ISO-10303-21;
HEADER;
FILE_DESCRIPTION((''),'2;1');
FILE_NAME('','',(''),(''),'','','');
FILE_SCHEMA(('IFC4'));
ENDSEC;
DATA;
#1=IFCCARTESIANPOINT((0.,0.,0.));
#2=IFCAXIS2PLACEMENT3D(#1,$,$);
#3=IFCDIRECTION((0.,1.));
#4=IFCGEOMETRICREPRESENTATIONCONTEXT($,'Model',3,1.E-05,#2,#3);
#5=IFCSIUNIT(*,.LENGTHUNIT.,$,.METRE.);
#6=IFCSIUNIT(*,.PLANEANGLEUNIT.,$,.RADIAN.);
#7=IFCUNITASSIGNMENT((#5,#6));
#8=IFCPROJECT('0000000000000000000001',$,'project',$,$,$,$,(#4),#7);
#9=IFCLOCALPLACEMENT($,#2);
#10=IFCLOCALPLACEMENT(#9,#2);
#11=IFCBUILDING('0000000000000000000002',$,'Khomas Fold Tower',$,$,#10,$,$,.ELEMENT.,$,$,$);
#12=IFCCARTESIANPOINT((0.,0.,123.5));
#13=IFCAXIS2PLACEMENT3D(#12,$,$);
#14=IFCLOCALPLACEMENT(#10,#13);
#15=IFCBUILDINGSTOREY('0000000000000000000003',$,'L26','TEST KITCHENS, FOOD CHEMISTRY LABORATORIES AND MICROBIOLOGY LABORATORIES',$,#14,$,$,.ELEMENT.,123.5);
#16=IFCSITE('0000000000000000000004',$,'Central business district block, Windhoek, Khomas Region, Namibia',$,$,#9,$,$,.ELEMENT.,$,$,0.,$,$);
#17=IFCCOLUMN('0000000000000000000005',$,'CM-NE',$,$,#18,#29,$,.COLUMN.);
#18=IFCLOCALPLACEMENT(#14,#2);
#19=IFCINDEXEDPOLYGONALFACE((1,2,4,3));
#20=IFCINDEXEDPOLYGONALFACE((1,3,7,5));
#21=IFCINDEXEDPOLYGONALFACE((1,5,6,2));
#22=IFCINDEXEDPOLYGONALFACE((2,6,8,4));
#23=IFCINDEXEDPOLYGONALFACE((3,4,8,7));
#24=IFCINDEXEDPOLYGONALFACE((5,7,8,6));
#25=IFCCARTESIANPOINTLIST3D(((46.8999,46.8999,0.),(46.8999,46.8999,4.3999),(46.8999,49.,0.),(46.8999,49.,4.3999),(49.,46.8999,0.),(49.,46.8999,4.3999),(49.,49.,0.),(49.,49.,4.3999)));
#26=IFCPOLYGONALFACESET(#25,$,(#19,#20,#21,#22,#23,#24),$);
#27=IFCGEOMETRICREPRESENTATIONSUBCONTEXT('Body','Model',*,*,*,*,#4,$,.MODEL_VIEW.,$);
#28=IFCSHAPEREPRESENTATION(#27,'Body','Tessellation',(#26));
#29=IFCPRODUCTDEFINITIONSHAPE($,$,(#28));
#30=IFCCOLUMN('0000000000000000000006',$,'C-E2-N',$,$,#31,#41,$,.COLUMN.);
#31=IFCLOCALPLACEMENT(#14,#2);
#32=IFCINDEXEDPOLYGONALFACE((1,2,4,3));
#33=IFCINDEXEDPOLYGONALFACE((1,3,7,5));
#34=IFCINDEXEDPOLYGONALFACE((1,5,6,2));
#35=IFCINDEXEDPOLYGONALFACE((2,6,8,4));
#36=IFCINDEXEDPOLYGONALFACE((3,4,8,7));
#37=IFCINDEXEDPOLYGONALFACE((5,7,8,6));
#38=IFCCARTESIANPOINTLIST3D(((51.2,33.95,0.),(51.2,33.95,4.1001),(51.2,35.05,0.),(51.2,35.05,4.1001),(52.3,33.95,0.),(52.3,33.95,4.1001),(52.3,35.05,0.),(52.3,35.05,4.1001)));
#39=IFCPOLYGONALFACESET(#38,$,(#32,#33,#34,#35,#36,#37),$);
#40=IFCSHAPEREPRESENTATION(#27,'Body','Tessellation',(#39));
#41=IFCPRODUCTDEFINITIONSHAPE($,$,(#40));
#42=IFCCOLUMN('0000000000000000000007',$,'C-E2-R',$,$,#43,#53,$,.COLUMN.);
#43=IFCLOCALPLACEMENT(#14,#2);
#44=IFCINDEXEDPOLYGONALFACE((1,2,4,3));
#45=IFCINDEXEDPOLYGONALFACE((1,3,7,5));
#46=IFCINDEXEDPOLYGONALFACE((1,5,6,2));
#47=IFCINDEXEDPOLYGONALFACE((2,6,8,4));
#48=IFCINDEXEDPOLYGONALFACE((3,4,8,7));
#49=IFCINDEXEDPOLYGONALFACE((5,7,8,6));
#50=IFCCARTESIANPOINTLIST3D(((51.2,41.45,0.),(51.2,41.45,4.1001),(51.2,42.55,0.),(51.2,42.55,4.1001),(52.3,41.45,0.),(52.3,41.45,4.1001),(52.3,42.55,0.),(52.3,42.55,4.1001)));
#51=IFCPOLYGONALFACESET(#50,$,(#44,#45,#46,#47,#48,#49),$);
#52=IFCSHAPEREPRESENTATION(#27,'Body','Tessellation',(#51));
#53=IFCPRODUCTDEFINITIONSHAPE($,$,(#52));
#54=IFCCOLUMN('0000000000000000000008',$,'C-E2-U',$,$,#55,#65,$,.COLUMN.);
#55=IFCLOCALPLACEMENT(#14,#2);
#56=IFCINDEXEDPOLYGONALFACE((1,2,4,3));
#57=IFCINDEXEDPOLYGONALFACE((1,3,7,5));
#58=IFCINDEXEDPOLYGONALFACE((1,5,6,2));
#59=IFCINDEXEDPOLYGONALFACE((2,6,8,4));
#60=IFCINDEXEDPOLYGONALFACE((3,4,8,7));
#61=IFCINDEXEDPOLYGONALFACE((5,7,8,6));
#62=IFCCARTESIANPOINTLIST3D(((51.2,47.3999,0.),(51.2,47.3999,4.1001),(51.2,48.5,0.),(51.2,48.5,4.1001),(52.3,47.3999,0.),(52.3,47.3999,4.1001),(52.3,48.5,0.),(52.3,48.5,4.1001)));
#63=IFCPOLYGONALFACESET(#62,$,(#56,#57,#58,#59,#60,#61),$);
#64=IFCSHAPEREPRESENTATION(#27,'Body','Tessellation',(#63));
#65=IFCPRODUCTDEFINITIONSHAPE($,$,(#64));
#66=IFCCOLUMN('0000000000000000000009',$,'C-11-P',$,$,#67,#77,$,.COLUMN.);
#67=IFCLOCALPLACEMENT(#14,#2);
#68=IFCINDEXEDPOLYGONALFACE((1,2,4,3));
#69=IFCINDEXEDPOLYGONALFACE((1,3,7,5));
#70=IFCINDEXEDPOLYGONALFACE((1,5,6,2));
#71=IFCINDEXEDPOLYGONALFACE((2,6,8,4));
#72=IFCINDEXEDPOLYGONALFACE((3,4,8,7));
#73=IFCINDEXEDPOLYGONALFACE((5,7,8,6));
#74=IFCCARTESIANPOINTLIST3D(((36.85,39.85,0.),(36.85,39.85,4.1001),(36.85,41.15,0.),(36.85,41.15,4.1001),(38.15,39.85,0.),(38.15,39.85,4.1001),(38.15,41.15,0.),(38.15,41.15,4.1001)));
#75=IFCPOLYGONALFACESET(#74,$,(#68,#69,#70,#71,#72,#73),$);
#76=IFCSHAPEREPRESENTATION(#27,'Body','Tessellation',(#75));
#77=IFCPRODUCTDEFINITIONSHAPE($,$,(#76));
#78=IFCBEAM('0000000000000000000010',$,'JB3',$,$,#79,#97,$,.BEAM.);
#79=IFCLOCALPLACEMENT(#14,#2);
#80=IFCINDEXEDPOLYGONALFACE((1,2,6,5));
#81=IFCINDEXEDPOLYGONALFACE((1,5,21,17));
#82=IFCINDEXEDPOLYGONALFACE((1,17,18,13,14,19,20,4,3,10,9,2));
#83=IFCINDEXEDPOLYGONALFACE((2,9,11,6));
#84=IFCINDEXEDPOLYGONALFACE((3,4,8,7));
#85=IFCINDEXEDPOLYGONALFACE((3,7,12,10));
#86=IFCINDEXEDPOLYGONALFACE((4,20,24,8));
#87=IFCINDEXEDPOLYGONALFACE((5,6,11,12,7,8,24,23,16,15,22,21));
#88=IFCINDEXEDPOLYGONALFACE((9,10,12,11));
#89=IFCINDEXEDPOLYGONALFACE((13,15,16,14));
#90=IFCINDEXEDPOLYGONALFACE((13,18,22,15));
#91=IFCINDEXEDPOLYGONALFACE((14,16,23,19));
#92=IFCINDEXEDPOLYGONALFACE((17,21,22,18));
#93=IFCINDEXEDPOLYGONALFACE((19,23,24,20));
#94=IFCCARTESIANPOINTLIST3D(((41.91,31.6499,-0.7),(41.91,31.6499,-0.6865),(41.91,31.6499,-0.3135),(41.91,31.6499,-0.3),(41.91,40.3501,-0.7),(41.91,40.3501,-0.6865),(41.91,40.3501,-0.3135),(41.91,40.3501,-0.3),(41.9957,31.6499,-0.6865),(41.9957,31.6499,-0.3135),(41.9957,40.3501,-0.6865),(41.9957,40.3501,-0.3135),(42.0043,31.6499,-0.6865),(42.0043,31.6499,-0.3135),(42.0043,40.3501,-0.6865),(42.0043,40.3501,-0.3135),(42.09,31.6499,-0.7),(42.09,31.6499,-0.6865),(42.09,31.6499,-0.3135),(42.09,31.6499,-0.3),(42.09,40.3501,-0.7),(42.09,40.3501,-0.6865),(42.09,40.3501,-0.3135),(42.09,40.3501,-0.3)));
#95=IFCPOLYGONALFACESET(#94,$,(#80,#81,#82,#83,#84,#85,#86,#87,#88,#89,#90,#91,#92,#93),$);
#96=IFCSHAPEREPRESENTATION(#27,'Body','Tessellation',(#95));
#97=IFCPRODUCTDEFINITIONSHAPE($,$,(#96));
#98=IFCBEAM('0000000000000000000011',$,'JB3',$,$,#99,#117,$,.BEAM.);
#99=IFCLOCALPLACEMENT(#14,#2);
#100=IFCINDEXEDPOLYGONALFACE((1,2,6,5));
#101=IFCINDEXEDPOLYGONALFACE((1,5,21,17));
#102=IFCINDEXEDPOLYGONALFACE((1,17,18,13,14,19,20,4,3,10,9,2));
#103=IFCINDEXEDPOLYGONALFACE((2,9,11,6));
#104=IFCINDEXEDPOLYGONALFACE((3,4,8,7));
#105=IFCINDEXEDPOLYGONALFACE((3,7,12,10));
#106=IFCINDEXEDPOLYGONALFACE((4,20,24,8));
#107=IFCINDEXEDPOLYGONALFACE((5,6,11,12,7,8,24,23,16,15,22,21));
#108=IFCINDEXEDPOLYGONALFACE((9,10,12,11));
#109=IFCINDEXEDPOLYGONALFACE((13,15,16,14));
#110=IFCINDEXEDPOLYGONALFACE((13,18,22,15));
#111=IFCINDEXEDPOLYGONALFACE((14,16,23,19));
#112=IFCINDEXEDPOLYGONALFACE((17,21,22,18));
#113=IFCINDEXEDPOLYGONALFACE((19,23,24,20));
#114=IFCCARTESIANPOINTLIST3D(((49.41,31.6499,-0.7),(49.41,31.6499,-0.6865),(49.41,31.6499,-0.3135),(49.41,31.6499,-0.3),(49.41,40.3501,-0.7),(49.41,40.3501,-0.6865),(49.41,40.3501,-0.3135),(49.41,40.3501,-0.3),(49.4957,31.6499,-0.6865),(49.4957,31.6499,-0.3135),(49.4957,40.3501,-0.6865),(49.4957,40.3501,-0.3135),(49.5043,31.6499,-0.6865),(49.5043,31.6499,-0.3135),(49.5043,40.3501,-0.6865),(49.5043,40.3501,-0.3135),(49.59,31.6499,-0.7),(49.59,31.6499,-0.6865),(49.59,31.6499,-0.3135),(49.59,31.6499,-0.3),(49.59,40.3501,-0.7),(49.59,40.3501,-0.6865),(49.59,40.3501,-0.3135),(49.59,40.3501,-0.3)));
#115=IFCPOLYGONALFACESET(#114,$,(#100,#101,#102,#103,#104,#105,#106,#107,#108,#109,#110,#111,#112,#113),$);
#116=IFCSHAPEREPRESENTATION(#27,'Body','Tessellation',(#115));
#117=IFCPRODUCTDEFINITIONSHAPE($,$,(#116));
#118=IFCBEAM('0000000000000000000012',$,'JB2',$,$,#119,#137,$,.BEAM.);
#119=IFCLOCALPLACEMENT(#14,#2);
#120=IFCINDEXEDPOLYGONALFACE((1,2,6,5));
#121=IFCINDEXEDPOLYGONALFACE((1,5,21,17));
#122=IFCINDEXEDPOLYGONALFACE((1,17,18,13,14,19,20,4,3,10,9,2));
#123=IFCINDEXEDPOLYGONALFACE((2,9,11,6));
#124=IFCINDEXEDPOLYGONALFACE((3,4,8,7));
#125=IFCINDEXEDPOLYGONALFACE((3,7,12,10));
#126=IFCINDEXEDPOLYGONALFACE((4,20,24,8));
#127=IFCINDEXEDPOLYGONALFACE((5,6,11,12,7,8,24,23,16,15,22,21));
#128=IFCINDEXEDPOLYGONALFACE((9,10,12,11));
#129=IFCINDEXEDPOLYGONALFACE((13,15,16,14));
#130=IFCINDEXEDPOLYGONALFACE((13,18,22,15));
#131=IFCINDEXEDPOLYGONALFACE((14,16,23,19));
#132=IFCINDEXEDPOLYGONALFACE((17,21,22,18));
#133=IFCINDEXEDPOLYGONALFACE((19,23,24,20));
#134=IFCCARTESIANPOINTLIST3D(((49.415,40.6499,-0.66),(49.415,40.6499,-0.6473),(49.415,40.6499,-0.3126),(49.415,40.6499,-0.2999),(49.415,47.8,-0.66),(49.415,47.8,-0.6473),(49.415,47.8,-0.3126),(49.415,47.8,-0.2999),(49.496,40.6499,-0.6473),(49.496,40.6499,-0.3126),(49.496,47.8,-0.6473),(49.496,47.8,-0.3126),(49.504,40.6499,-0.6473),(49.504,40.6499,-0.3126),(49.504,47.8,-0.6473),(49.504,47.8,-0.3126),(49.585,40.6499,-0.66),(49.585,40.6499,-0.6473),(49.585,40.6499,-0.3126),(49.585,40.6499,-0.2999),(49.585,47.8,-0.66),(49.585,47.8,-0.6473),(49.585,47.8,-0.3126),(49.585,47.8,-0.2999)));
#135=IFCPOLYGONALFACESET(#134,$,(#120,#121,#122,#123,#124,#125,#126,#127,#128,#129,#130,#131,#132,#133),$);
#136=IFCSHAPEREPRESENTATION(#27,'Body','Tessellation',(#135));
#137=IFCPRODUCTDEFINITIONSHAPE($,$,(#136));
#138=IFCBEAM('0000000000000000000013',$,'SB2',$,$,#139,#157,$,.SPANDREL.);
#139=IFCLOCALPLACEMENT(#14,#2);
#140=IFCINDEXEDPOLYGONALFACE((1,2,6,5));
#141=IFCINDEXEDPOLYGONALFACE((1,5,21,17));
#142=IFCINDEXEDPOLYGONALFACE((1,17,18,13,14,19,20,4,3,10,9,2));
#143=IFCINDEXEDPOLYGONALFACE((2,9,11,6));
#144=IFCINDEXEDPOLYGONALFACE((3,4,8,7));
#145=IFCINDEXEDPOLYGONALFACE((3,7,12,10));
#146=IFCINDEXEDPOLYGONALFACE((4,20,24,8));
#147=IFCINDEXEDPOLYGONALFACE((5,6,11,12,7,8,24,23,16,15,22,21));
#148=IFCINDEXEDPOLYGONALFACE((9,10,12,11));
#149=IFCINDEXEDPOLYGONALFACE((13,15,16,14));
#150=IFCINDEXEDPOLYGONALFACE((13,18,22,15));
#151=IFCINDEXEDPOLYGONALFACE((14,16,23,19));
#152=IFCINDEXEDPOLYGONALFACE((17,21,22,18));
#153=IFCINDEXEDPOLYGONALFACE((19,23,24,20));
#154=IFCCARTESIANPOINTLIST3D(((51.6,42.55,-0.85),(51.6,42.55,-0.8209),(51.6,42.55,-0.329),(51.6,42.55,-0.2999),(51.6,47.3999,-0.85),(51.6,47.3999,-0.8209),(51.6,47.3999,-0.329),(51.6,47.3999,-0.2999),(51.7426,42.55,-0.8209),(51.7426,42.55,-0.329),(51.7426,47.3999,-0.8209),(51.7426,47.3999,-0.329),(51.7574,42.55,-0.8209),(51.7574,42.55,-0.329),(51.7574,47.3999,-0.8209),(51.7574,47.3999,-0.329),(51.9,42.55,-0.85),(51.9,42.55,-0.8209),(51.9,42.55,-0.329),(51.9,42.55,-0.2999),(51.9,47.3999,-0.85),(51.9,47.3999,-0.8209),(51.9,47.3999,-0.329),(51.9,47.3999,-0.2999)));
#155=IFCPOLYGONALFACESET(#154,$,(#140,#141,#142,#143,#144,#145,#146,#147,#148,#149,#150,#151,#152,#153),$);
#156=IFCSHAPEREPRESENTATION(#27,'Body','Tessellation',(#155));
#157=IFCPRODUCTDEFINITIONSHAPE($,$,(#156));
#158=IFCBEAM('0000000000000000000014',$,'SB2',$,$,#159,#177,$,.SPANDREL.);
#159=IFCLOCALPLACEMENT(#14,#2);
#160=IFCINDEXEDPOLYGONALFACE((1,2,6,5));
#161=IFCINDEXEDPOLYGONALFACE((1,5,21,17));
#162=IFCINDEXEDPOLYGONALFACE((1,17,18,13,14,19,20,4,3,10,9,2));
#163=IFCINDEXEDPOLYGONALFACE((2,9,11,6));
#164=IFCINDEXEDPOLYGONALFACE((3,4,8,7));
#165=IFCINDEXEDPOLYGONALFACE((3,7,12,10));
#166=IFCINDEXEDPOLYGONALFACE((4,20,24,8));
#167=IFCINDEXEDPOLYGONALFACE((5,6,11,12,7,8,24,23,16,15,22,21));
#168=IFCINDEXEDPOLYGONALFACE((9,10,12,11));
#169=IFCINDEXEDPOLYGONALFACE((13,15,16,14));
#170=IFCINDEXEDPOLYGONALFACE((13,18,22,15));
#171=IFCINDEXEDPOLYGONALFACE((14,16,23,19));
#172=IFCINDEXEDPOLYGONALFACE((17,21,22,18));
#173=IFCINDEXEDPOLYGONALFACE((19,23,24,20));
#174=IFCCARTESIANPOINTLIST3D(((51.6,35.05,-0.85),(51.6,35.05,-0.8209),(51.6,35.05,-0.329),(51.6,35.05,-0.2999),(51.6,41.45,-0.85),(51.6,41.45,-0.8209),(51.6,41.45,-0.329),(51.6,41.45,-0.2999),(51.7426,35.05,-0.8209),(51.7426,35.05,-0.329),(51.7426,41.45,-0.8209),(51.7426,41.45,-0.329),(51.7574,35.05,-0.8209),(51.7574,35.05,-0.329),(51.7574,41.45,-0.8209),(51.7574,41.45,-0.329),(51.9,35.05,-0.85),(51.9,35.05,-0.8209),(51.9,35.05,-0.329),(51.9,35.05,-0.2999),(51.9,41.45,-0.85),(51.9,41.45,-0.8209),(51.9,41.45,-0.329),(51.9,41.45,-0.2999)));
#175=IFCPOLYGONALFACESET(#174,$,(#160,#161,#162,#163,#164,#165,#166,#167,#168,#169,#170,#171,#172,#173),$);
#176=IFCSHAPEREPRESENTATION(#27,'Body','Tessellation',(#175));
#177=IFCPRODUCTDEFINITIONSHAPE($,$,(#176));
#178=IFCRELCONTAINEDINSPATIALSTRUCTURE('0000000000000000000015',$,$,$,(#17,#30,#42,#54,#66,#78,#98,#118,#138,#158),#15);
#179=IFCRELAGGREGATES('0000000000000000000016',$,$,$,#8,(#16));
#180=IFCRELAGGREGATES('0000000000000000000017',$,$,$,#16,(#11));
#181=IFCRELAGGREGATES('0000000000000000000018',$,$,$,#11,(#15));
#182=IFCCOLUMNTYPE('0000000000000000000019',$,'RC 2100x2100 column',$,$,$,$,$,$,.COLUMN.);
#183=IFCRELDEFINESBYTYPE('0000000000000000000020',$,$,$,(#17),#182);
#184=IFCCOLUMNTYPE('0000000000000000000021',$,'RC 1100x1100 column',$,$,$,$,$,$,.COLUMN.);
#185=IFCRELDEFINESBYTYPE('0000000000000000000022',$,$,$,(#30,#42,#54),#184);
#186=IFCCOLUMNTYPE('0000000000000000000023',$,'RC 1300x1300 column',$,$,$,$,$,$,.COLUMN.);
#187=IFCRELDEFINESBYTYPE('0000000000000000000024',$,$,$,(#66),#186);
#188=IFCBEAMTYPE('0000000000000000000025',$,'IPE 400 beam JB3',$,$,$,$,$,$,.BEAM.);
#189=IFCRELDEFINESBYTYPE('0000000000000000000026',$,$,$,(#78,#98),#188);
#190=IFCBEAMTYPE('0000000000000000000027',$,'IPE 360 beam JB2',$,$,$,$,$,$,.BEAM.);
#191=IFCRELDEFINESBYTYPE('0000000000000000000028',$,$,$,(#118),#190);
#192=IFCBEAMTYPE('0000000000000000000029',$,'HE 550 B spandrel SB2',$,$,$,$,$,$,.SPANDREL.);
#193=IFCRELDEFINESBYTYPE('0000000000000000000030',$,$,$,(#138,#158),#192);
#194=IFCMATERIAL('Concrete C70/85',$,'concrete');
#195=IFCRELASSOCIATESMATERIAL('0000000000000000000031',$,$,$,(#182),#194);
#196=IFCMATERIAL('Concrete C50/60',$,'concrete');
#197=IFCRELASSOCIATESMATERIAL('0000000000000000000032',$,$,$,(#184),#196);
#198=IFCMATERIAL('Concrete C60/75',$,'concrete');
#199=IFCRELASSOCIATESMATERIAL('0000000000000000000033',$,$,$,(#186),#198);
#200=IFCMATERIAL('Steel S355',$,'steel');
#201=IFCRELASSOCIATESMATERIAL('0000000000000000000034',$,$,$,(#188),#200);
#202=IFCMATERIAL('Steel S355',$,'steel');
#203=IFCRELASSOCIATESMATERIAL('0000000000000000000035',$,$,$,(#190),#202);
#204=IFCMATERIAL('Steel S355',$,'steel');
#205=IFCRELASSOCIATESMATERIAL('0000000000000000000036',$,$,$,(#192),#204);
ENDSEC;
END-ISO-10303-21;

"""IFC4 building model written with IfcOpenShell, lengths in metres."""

from ifc_helpers import new_model, si_unit, direction, frame, origin, origin_2d, place, context, subcontext, project, spatial, rectangle, i_section, extrude, source, transform, mapped, material, material_profile, profile_set, type_object, element, save


model = new_model("IFC4")

# Units and contexts
model_context = context("Model", 3, precision=1e-05, world=origin(), true_north=direction((0.0, 1.0)))
body_context = subcontext(model_context, "Body", "Model", "MODEL_VIEW")
ifc_project = project(units=[si_unit("LENGTHUNIT", "METRE"), si_unit("PLANEANGLEUNIT", "RADIAN")], contexts=[model_context])

# Site, building, storey
site_placement = place(None, origin())
site = spatial("IfcSite", under=ifc_project, at=site_placement, Name="Central business district block, Windhoek, Khomas Region, Namibia", CompositionType="ELEMENT", RefElevation=0.0)
building_placement = place(site_placement, origin())
building = spatial("IfcBuilding", under=site, at=building_placement, Name="Khomas Fold Tower", CompositionType="ELEMENT")
storey_placement = place(building_placement, frame((0.0, 0.0, 123.5)))
storey = spatial("IfcBuildingStorey", under=building, at=storey_placement, Name="L26", Description="TEST KITCHENS, FOOD CHEMISTRY LABORATORIES AND MICROBIOLOGY LABORATORIES", CompositionType="ELEMENT", Elevation=123.5)

# Columns
ifc_material_1 = material(Name="Concrete C70/85", Category="concrete")
ifc_material_profile_1 = material_profile(ifc_material_1, rectangle(XDim=2.1001, YDim=2.1001, at=origin_2d()), Name="RC 2100x2100")
ifc_profile_set_1 = profile_set([ifc_material_profile_1], Name="Concrete C70/85")
column_type_1 = type_object("IfcColumnType", Name="RC 2100x2100 column", PredefinedType="COLUMN", material=ifc_profile_set_1)
shared_shape_1 = source(origin(), body_context, "Body", "SweptSolid", [
    extrude(rectangle(XDim=2.1001, YDim=2.1001, at=origin_2d()), origin(), (0.0, 0.0, 1.0), 4.3999),
])
column_1_placement = place(storey_placement, frame((47.95, 47.95, 0.0), z_axis=(0.0, 0.0, 1.0), x_axis=(1.0, 0.0, 0.0)))
element("IfcColumn", 1, at=column_1_placement, inside=storey, type_object=column_type_1, Name="CM-NE", PredefinedType="COLUMN", context=body_context, shape_type="MappedRepresentation", body=[
    mapped(shared_shape_1, transform((0.0, 0.0, 0.0))),
])
ifc_material_2 = material(Name="Concrete C50/60", Category="concrete")
ifc_material_profile_2 = material_profile(ifc_material_2, rectangle(XDim=1.1001, YDim=1.1001, at=origin_2d()), Name="RC 1100x1100")
ifc_profile_set_2 = profile_set([ifc_material_profile_2], Name="Concrete C50/60")
column_type_2 = type_object("IfcColumnType", Name="RC 1100x1100 column", PredefinedType="COLUMN", material=ifc_profile_set_2)
shared_shape_2 = source(origin(), body_context, "Body", "SweptSolid", [
    extrude(rectangle(XDim=1.1001, YDim=1.1001, at=origin_2d()), origin(), (0.0, 0.0, 1.0), 4.1001),
])
for number, where, z_axis, x_axis, name in (
    (2, (51.75, 34.5, 0.0), (0.0, 0.0, 1.0), (1.0, 0.0, 0.0), "C-E2-N"),
    (3, (51.75, 42.0, 0.0), (0.0, 0.0, 1.0), (1.0, 0.0, 0.0), "C-E2-R"),
    (4, (51.75, 47.95, 0.0), (0.0, 0.0, 1.0), (1.0, 0.0, 0.0), "C-E2-U"),
):
    element("IfcColumn", number, at=place(storey_placement, frame(where, z_axis=z_axis, x_axis=x_axis)), inside=storey, type_object=column_type_2, Name=name, PredefinedType="COLUMN", context=body_context, shape_type="MappedRepresentation", body=[
        mapped(shared_shape_2, transform((0.0, 0.0, 0.0))),
    ])
ifc_material_3 = material(Name="Concrete C60/75", Category="concrete")
ifc_material_profile_3 = material_profile(ifc_material_3, rectangle(XDim=1.3, YDim=1.3, at=origin_2d()), Name="RC 1300x1300")
ifc_profile_set_3 = profile_set([ifc_material_profile_3], Name="Concrete C60/75")
column_type_3 = type_object("IfcColumnType", Name="RC 1300x1300 column", PredefinedType="COLUMN", material=ifc_profile_set_3)
shared_shape_3 = source(origin(), body_context, "Body", "SweptSolid", [
    extrude(rectangle(XDim=1.3, YDim=1.3, at=origin_2d()), origin(), (0.0, 0.0, 1.0), 4.1001),
])
column_2_placement = place(storey_placement, frame((37.5, 40.5, 0.0), z_axis=(0.0, 0.0, 1.0), x_axis=(1.0, 0.0, 0.0)))
element("IfcColumn", 5, at=column_2_placement, inside=storey, type_object=column_type_3, Name="C-11-P", PredefinedType="COLUMN", context=body_context, shape_type="MappedRepresentation", body=[
    mapped(shared_shape_3, transform((0.0, 0.0, 0.0))),
])

# Beams
ifc_material_4 = material(Name="Steel S355", Category="steel")
ifc_material_profile_4 = material_profile(ifc_material_4, i_section(OverallWidth=0.1799, OverallDepth=0.3999, WebThickness=0.0085, FlangeThickness=0.0134, at=origin_2d()), Name="IPE 400")
ifc_profile_set_4 = profile_set([ifc_material_profile_4], Name="Steel S355")
beam_type_1 = type_object("IfcBeamType", Name="IPE 400 beam JB3", PredefinedType="BEAM", material=ifc_profile_set_4)
shared_shape_4 = source(origin(), body_context, "Body", "SweptSolid", [
    extrude(i_section(OverallWidth=0.1799, OverallDepth=0.3999, WebThickness=0.0085, FlangeThickness=0.0134, at=origin_2d()), origin(), (0.0, 0.0, 1.0), 8.7002),
])
for number, where, z_axis, x_axis, name in (
    (6, (42.0, 31.6499, -0.5), (0.0, 1.0, 0.0), (-1.0, 0.0, 0.0), "JB3"),
    (7, (49.5, 31.6499, -0.5), (0.0, 1.0, 0.0), (-1.0, 0.0, 0.0), "JB3"),
):
    element("IfcBeam", number, at=place(storey_placement, frame(where, z_axis=z_axis, x_axis=x_axis)), inside=storey, type_object=beam_type_1, Name=name, PredefinedType="BEAM", context=body_context, shape_type="MappedRepresentation", body=[
        mapped(shared_shape_4, transform((0.0, 0.0, 0.0))),
    ])
ifc_material_5 = material(Name="Steel S355", Category="steel")
ifc_material_profile_5 = material_profile(ifc_material_5, i_section(OverallWidth=0.1699, OverallDepth=0.3601, WebThickness=0.0081, FlangeThickness=0.0127, at=origin_2d()), Name="IPE 360")
ifc_profile_set_5 = profile_set([ifc_material_profile_5], Name="Steel S355")
beam_type_2 = type_object("IfcBeamType", Name="IPE 360 beam JB2", PredefinedType="BEAM", material=ifc_profile_set_5)
shared_shape_5 = source(origin(), body_context, "Body", "SweptSolid", [
    extrude(i_section(OverallWidth=0.1699, OverallDepth=0.3601, WebThickness=0.0081, FlangeThickness=0.0127, at=origin_2d()), origin(), (0.0, 0.0, 1.0), 7.1501),
])
beam_1_placement = place(storey_placement, frame((49.5, 40.6499, -0.48), z_axis=(0.0, 1.0, 0.0), x_axis=(-1.0, 0.0, 0.0)))
element("IfcBeam", 8, at=beam_1_placement, inside=storey, type_object=beam_type_2, Name="JB2", PredefinedType="BEAM", context=body_context, shape_type="MappedRepresentation", body=[
    mapped(shared_shape_5, transform((0.0, 0.0, 0.0))),
])
ifc_material_6 = material(Name="Steel S355", Category="steel")
ifc_material_profile_6 = material_profile(ifc_material_6, i_section(OverallWidth=0.3, OverallDepth=0.55, WebThickness=0.0149, FlangeThickness=0.0291, at=origin_2d()), Name="HE 550 B")
ifc_profile_set_6 = profile_set([ifc_material_profile_6], Name="Steel S355")
beam_type_3 = type_object("IfcBeamType", Name="HE 550 B spandrel SB2", PredefinedType="SPANDREL", material=ifc_profile_set_6)
shared_shape_6 = source(origin(), body_context, "Body", "SweptSolid", [
    extrude(i_section(OverallWidth=0.3, OverallDepth=0.55, WebThickness=0.0149, FlangeThickness=0.0291, at=origin_2d()), origin(), (0.0, 0.0, 1.0), 4.8499),
])
beam_2_placement = place(storey_placement, frame((51.75, 42.55, -0.575), z_axis=(0.0, 1.0, 0.0), x_axis=(-1.0, 0.0, 0.0)))
element("IfcBeam", 9, at=beam_2_placement, inside=storey, type_object=beam_type_3, Name="SB2", PredefinedType="SPANDREL", context=body_context, shape_type="MappedRepresentation", body=[
    mapped(shared_shape_6, transform((0.0, 0.0, 0.0))),
])
shared_shape_7 = source(origin(), body_context, "Body", "SweptSolid", [
    extrude(i_section(OverallWidth=0.3, OverallDepth=0.55, WebThickness=0.0149, FlangeThickness=0.0291, at=origin_2d()), origin(), (0.0, 0.0, 1.0), 6.3999),
])
beam_3_placement = place(storey_placement, frame((51.75, 35.05, -0.575), z_axis=(0.0, 1.0, 0.0), x_axis=(-1.0, 0.0, 0.0)))
element("IfcBeam", 10, at=beam_3_placement, inside=storey, type_object=beam_type_3, Name="SB2", PredefinedType="SPANDREL", context=body_context, shape_type="MappedRepresentation", body=[
    mapped(shared_shape_7, transform((0.0, 0.0, 0.0))),
])

save(model, "model.ifc")
